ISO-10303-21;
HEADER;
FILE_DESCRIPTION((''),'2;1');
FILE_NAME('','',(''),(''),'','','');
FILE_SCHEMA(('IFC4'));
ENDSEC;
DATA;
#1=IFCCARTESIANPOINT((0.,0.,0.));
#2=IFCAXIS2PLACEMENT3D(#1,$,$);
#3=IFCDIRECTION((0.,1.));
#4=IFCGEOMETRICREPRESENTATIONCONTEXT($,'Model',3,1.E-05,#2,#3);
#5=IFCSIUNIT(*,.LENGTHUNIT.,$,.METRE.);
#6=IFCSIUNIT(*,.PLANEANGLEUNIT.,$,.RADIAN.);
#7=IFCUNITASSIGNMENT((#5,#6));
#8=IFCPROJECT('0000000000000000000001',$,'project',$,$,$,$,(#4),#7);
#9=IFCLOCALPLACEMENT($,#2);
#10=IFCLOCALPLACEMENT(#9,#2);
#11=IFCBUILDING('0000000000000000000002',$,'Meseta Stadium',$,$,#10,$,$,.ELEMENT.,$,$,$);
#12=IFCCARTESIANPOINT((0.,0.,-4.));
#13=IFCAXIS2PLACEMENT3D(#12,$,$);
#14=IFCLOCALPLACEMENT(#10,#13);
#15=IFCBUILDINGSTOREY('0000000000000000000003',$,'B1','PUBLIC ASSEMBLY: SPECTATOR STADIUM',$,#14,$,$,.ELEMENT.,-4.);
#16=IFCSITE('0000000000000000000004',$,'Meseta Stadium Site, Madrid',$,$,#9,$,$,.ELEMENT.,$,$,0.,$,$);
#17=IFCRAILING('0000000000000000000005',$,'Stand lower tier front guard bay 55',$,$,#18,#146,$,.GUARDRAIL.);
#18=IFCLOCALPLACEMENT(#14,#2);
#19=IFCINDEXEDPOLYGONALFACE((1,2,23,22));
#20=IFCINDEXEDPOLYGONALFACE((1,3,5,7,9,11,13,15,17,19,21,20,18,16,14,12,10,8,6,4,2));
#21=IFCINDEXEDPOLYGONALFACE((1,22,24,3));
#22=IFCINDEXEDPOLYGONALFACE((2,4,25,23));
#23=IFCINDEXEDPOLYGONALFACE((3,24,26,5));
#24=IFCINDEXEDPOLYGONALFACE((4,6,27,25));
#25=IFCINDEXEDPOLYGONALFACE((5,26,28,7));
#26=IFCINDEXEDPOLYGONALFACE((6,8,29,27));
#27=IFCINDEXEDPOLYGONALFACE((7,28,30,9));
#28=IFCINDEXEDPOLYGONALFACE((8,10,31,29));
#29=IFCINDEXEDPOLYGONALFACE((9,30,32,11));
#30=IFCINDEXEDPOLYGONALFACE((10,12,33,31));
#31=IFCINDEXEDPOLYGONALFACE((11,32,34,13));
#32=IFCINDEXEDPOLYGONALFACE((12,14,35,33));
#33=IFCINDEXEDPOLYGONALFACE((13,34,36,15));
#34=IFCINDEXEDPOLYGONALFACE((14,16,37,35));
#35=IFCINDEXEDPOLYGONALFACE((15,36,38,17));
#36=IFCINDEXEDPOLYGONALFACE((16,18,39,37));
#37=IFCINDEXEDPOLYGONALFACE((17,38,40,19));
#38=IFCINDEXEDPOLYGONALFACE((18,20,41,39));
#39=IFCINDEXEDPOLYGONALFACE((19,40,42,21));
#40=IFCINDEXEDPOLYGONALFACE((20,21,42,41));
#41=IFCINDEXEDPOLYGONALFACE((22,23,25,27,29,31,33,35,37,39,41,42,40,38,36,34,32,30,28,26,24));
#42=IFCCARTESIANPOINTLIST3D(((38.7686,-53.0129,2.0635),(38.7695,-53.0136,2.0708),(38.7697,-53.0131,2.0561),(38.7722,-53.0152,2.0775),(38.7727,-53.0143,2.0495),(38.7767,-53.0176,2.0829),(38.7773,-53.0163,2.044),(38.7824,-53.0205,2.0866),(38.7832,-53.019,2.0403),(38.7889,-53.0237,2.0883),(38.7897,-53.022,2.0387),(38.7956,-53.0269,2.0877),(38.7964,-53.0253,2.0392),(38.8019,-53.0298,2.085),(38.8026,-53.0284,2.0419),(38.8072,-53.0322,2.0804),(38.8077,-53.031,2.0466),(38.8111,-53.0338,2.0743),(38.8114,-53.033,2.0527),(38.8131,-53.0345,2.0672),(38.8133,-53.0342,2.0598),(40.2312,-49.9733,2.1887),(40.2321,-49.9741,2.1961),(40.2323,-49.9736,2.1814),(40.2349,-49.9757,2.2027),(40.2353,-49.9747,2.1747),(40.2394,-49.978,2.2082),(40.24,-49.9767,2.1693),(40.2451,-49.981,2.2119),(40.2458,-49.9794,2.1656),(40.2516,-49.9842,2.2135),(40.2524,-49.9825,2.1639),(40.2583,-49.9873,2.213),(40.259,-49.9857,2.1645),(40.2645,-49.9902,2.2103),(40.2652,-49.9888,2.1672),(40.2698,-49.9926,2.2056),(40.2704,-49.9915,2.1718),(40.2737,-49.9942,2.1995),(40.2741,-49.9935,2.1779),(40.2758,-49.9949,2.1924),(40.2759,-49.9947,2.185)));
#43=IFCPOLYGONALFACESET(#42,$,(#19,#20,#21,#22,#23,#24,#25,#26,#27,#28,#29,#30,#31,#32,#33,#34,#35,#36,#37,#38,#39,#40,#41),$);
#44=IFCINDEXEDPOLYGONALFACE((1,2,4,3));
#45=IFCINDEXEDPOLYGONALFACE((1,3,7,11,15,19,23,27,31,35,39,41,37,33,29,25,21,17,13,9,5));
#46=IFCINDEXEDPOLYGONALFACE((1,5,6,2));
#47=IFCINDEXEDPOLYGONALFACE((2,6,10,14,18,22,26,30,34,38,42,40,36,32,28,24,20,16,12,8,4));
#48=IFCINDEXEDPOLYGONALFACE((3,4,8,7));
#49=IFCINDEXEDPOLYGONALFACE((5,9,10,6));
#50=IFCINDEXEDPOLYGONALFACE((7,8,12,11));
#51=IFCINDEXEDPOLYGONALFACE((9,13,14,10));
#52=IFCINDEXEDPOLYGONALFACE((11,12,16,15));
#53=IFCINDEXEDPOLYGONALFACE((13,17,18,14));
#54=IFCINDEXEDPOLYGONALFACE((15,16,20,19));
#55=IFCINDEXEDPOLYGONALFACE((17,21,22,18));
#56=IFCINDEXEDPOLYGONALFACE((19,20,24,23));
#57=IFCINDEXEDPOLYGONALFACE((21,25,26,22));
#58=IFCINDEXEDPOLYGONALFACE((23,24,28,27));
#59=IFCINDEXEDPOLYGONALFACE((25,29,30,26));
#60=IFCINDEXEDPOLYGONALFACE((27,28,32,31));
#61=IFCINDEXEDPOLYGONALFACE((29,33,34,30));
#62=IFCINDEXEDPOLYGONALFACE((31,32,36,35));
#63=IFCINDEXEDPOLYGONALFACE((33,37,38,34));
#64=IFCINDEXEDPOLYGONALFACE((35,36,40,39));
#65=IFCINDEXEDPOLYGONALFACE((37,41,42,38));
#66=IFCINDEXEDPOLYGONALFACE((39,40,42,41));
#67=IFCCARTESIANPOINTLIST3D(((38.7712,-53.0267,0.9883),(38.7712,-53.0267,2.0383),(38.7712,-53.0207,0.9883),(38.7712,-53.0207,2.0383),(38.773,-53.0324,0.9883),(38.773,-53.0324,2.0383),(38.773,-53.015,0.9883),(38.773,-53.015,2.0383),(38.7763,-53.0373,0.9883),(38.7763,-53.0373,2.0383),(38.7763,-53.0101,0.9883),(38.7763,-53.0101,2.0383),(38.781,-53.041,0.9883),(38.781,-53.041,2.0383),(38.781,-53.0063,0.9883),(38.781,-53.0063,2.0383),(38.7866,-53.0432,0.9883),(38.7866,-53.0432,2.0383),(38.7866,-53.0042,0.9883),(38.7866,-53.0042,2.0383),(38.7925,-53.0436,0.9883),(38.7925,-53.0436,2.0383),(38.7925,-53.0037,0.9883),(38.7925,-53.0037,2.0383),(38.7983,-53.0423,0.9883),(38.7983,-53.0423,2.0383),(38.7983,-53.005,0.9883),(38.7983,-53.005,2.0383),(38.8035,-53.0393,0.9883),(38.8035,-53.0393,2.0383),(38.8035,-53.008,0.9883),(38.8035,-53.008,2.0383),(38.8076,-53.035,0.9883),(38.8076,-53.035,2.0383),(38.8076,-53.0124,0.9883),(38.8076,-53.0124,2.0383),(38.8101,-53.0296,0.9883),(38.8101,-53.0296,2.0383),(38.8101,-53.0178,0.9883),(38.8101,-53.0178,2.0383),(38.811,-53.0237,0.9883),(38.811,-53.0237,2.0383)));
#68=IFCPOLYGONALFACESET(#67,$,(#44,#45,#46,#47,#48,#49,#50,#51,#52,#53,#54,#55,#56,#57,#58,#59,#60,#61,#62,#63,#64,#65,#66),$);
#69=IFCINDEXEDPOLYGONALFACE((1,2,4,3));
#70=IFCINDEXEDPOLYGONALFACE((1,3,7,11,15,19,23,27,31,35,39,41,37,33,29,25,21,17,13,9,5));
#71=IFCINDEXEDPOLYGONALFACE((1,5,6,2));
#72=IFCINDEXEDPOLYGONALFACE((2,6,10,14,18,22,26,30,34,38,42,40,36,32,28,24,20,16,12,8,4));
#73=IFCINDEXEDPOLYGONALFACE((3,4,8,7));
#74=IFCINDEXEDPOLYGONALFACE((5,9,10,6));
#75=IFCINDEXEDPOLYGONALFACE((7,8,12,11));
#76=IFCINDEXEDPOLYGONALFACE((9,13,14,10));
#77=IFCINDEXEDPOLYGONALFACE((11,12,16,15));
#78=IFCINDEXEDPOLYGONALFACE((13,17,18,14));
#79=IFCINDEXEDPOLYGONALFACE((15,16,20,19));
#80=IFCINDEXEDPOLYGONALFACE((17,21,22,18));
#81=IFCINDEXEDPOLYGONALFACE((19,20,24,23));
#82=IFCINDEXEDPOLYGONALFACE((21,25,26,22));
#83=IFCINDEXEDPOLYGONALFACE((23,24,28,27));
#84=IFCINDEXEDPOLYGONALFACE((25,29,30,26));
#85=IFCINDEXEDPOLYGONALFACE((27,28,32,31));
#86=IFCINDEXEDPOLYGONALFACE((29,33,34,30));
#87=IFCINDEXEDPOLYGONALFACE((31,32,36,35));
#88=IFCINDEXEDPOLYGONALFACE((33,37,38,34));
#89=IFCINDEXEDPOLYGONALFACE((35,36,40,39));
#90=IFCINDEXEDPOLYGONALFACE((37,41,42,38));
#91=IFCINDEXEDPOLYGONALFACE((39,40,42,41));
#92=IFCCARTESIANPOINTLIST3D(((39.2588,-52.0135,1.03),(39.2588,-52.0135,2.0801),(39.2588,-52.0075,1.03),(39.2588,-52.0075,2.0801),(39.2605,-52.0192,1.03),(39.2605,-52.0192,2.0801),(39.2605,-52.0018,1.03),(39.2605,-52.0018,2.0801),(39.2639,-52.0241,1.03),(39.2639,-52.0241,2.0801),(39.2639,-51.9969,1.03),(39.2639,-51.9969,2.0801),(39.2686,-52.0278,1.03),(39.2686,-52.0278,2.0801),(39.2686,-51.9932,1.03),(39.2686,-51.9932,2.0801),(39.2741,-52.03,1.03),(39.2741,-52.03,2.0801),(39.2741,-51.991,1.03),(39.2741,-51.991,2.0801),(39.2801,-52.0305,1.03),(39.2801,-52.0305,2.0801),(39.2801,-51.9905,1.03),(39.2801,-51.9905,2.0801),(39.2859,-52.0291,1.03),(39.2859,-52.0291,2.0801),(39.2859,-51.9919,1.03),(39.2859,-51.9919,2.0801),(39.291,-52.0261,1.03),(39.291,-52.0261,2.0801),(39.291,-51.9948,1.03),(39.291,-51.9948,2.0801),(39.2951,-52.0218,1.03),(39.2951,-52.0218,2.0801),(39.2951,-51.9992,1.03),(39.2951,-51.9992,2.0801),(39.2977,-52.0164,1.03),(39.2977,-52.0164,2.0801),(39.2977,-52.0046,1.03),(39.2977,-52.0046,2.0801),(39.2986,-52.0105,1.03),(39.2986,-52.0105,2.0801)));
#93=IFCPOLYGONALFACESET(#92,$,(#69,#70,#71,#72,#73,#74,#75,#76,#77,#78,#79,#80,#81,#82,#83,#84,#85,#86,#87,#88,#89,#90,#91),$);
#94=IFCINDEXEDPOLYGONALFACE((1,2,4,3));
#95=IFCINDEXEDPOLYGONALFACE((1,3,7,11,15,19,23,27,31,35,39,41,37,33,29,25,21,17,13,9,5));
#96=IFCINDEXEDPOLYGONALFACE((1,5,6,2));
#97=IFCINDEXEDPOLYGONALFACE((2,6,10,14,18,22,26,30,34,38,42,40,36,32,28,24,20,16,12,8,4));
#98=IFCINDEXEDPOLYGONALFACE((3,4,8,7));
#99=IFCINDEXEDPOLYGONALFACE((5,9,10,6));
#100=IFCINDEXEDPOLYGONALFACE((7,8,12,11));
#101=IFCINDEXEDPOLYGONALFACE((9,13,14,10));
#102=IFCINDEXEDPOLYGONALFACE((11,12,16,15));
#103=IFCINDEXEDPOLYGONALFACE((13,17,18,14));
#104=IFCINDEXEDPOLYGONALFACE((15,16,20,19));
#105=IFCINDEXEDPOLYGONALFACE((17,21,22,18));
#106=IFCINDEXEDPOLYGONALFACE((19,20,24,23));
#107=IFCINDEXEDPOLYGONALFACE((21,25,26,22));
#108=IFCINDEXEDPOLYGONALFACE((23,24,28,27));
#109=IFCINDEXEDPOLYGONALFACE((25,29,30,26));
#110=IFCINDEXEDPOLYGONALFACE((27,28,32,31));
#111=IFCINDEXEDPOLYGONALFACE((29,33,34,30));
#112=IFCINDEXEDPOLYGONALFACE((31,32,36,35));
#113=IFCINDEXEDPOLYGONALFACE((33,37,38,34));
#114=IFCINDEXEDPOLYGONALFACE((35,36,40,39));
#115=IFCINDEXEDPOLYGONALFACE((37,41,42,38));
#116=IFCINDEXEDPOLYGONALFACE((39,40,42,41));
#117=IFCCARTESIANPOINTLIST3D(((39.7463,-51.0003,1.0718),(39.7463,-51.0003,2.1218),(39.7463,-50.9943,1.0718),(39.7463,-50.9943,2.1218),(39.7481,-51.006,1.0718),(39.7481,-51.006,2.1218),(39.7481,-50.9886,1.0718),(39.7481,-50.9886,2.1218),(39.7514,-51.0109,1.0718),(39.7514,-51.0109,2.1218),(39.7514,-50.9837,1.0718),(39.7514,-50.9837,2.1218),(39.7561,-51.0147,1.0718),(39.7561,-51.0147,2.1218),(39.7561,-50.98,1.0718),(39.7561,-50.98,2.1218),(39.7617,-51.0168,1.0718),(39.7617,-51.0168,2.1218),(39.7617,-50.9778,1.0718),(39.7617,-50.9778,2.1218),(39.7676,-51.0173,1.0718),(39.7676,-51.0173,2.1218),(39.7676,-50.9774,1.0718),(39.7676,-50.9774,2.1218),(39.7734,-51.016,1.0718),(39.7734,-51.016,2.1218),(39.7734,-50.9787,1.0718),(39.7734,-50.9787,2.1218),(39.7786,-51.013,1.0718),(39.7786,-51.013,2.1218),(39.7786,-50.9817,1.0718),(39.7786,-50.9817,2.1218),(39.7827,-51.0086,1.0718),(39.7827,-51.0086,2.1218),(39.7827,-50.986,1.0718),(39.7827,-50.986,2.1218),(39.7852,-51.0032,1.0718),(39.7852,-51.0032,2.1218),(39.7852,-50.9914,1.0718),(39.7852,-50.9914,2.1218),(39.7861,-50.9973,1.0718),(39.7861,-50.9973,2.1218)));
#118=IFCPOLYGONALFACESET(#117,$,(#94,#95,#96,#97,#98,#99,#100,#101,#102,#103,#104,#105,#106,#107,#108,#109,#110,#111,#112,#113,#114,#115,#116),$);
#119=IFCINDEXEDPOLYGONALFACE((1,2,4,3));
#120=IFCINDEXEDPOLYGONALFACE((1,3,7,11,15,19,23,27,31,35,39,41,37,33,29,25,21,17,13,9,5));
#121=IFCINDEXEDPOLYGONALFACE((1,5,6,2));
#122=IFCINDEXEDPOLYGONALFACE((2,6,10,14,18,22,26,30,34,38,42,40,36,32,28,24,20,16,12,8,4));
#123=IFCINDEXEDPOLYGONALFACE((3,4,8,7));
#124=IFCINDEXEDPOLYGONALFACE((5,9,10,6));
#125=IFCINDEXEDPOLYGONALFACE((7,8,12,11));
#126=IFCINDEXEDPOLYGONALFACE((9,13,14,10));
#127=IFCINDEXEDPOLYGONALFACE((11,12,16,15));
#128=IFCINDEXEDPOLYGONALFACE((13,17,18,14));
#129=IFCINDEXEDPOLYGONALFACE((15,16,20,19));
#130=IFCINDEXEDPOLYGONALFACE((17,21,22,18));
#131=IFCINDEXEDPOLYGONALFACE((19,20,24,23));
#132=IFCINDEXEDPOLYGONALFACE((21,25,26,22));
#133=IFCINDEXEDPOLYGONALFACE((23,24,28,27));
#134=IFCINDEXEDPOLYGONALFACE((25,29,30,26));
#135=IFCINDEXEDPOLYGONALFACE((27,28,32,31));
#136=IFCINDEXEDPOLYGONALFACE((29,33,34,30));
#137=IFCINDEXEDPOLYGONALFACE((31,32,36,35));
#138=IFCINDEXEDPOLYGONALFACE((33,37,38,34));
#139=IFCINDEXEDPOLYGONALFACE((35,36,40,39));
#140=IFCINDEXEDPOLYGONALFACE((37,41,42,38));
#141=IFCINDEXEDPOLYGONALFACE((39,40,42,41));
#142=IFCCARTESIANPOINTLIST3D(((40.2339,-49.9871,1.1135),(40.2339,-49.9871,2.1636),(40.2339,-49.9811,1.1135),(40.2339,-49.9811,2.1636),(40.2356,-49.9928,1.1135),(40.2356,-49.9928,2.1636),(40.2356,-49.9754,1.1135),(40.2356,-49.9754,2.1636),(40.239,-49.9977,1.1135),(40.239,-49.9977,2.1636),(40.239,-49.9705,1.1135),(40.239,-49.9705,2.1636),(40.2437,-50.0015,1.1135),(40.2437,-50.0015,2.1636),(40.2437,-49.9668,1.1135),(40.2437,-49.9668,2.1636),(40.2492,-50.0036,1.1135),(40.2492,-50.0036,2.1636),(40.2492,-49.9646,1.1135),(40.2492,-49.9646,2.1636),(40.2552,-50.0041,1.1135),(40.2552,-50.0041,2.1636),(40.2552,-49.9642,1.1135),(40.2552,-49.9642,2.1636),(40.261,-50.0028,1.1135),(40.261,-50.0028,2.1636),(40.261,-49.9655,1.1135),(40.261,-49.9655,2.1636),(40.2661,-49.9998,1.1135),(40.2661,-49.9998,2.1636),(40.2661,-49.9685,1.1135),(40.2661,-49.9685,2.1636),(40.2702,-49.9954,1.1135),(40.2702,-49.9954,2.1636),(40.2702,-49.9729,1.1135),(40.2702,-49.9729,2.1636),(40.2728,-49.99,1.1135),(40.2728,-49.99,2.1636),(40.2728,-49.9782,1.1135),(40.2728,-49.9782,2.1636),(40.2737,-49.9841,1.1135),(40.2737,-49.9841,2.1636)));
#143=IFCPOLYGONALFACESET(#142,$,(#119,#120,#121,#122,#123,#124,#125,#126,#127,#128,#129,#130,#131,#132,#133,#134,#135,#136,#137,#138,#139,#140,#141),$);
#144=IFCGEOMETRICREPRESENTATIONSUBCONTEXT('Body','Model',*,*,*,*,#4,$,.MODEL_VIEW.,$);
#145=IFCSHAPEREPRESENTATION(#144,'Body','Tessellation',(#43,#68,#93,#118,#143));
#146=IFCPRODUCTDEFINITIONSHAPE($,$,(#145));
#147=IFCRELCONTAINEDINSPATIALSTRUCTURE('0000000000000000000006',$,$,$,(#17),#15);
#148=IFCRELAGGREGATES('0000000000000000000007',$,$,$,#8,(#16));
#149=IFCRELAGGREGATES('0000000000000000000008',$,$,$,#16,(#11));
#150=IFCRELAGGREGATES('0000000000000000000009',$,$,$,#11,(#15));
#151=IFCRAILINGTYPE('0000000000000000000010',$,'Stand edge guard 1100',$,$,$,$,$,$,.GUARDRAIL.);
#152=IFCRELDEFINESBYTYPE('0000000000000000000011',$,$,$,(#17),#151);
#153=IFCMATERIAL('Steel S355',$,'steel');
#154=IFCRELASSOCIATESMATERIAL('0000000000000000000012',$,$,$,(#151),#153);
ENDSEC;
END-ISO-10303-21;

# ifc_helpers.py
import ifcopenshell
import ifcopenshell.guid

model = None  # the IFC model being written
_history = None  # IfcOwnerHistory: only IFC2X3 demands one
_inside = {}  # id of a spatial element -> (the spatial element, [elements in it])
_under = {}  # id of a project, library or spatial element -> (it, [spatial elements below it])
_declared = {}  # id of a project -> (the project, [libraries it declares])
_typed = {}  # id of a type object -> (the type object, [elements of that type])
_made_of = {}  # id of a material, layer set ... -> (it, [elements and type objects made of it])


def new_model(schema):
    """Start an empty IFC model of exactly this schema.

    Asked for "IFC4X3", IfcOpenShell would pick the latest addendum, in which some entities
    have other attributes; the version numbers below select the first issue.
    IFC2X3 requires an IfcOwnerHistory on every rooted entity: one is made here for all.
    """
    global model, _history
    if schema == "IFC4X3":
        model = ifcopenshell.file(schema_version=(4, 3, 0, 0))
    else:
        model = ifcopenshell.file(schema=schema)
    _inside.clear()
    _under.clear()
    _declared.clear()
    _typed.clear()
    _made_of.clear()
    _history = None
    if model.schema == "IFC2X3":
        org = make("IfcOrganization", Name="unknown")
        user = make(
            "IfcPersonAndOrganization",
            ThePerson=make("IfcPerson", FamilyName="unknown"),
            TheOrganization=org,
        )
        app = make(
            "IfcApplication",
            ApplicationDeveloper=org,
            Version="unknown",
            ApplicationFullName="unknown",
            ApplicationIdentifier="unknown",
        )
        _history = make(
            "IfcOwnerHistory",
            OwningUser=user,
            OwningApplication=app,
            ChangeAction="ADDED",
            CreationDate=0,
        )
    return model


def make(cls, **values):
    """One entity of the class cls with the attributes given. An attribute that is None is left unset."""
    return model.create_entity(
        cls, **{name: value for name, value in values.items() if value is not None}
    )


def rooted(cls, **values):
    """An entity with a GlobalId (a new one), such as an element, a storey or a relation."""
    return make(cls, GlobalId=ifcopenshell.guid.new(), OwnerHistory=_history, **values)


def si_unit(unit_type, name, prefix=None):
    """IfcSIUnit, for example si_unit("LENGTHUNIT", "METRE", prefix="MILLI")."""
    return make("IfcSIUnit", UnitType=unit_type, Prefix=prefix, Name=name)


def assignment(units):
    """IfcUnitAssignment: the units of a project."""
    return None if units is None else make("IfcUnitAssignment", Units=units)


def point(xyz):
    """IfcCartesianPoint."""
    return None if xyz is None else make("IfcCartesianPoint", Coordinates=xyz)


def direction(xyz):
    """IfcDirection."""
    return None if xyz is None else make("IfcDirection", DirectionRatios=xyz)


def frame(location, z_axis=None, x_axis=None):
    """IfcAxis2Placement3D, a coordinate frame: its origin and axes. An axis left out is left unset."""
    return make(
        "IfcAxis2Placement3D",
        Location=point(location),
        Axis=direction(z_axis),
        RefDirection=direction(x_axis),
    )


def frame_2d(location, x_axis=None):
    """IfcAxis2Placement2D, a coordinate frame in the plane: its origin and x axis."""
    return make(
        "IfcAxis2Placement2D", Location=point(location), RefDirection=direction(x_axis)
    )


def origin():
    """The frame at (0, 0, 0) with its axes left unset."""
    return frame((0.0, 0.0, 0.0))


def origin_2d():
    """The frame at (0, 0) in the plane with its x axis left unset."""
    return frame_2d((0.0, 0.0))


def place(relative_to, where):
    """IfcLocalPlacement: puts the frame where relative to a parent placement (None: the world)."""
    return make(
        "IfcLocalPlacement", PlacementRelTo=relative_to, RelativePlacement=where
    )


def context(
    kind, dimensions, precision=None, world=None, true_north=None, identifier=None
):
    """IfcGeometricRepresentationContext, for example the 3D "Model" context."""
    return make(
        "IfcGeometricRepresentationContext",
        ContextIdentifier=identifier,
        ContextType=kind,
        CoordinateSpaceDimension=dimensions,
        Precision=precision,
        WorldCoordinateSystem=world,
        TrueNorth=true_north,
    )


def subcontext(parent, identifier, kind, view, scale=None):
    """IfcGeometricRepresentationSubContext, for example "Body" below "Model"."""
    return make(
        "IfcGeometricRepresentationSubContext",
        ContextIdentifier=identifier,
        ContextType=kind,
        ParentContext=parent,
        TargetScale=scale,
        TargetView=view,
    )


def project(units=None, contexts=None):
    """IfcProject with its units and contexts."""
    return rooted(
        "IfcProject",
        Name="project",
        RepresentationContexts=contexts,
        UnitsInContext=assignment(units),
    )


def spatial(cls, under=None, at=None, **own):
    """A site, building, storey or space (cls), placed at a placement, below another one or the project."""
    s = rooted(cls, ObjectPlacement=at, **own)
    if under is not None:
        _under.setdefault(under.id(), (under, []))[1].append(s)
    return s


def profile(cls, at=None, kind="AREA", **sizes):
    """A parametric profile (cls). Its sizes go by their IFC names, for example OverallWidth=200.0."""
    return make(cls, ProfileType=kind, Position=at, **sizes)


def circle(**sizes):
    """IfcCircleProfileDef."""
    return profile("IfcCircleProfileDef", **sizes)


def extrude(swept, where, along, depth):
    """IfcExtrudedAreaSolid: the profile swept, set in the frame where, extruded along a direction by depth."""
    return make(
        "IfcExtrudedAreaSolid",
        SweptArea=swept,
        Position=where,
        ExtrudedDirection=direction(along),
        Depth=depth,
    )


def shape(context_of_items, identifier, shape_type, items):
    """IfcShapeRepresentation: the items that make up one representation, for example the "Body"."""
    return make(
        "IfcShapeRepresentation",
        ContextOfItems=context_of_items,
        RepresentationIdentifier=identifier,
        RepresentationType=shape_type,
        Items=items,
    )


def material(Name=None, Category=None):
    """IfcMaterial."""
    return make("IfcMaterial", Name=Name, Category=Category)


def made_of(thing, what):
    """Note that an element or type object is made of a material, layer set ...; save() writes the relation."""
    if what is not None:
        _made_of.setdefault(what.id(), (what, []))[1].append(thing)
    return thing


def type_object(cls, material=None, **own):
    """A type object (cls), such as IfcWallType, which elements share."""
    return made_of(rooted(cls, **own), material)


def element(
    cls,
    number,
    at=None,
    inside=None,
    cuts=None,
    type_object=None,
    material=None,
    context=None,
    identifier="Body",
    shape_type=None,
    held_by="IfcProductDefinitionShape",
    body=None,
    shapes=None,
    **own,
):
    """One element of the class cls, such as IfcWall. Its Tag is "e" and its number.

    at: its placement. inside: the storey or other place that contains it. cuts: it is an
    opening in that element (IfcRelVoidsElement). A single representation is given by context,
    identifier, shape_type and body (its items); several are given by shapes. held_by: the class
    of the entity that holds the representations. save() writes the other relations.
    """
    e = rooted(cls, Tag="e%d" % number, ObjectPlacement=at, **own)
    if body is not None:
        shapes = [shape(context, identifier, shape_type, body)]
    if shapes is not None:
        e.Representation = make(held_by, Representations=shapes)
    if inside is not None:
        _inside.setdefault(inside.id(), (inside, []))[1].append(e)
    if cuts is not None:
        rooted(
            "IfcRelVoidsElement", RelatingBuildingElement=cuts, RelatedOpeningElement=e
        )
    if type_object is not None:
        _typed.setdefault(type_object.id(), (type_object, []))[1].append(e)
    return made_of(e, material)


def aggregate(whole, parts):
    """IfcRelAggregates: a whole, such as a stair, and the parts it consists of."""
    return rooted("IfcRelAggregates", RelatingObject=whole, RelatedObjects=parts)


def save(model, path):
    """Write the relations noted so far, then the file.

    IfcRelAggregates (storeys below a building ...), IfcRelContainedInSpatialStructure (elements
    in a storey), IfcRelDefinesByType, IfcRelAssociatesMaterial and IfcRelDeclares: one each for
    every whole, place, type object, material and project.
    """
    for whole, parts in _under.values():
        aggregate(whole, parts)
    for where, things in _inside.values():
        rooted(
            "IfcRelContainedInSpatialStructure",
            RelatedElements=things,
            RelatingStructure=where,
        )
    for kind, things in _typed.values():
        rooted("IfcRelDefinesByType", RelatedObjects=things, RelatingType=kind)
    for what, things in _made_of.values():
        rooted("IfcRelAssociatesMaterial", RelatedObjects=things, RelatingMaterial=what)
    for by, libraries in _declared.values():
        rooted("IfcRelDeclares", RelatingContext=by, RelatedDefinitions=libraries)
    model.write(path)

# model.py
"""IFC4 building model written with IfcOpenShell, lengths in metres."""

from ifc_helpers import new_model, si_unit, direction, frame, origin, origin_2d, place, context, subcontext, project, spatial, circle, extrude, material, type_object, element, save


model = new_model("IFC4")

# Units and contexts
model_context = context("Model", 3, precision=1e-05, world=origin(), true_north=direction((0.0, 1.0)))
body_context = subcontext(model_context, "Body", "Model", "MODEL_VIEW")
ifc_project = project(units=[si_unit("LENGTHUNIT", "METRE"), si_unit("PLANEANGLEUNIT", "RADIAN")], contexts=[model_context])

# Site, building, storey
site_placement = place(None, origin())
site = spatial("IfcSite", under=ifc_project, at=site_placement, Name="Meseta Stadium Site, Madrid", CompositionType="ELEMENT", RefElevation=0.0)
building_placement = place(site_placement, origin())
building = spatial("IfcBuilding", under=site, at=building_placement, Name="Meseta Stadium", CompositionType="ELEMENT")
storey_placement = place(building_placement, frame((0.0, 0.0, -4.0)))
storey = spatial("IfcBuildingStorey", under=building, at=storey_placement, Name="B1", Description="PUBLIC ASSEMBLY: SPECTATOR STADIUM", CompositionType="ELEMENT", Elevation=-4.0)

# Railing
ifc_material_1 = material(Name="Steel S355", Category="steel")
railing_type = type_object("IfcRailingType", Name="Stand edge guard 1100", PredefinedType="GUARDRAIL", material=ifc_material_1)
railing_1_placement = place(storey_placement, frame((38.791, -53.0237, 0.9883)))
element("IfcRailing", 1, at=railing_1_placement, inside=storey, type_object=railing_type, Name="Stand lower tier front guard bay 55", PredefinedType="GUARDRAIL", context=body_context, shape_type="SweptSolid", body=[
    extrude(circle(Radius=0.0249, at=origin_2d()), frame((0.0, 0.0, 1.0752), z_axis=(0.433315, 0.900479, 0.037104), x_axis=(-0.901099, 0.433613, 0.0)), (0.0, 0.0, 1.0), 3.3755),
    extrude(circle(Radius=0.02, at=origin_2d()), origin(), (0.0, 0.0, 1.0), 1.05),
    extrude(circle(Radius=0.02, at=origin_2d()), frame((0.4875, 1.0132, 0.0417)), (0.0, 0.0, 1.0), 1.05),
    extrude(circle(Radius=0.02, at=origin_2d()), frame((0.9751, 2.0264, 0.0835)), (0.0, 0.0, 1.0), 1.05),
    extrude(circle(Radius=0.02, at=origin_2d()), frame((1.4626, 3.0396, 0.1252)), (0.0, 0.0, 1.0), 1.05),
])

save(model, "model.ifc")
